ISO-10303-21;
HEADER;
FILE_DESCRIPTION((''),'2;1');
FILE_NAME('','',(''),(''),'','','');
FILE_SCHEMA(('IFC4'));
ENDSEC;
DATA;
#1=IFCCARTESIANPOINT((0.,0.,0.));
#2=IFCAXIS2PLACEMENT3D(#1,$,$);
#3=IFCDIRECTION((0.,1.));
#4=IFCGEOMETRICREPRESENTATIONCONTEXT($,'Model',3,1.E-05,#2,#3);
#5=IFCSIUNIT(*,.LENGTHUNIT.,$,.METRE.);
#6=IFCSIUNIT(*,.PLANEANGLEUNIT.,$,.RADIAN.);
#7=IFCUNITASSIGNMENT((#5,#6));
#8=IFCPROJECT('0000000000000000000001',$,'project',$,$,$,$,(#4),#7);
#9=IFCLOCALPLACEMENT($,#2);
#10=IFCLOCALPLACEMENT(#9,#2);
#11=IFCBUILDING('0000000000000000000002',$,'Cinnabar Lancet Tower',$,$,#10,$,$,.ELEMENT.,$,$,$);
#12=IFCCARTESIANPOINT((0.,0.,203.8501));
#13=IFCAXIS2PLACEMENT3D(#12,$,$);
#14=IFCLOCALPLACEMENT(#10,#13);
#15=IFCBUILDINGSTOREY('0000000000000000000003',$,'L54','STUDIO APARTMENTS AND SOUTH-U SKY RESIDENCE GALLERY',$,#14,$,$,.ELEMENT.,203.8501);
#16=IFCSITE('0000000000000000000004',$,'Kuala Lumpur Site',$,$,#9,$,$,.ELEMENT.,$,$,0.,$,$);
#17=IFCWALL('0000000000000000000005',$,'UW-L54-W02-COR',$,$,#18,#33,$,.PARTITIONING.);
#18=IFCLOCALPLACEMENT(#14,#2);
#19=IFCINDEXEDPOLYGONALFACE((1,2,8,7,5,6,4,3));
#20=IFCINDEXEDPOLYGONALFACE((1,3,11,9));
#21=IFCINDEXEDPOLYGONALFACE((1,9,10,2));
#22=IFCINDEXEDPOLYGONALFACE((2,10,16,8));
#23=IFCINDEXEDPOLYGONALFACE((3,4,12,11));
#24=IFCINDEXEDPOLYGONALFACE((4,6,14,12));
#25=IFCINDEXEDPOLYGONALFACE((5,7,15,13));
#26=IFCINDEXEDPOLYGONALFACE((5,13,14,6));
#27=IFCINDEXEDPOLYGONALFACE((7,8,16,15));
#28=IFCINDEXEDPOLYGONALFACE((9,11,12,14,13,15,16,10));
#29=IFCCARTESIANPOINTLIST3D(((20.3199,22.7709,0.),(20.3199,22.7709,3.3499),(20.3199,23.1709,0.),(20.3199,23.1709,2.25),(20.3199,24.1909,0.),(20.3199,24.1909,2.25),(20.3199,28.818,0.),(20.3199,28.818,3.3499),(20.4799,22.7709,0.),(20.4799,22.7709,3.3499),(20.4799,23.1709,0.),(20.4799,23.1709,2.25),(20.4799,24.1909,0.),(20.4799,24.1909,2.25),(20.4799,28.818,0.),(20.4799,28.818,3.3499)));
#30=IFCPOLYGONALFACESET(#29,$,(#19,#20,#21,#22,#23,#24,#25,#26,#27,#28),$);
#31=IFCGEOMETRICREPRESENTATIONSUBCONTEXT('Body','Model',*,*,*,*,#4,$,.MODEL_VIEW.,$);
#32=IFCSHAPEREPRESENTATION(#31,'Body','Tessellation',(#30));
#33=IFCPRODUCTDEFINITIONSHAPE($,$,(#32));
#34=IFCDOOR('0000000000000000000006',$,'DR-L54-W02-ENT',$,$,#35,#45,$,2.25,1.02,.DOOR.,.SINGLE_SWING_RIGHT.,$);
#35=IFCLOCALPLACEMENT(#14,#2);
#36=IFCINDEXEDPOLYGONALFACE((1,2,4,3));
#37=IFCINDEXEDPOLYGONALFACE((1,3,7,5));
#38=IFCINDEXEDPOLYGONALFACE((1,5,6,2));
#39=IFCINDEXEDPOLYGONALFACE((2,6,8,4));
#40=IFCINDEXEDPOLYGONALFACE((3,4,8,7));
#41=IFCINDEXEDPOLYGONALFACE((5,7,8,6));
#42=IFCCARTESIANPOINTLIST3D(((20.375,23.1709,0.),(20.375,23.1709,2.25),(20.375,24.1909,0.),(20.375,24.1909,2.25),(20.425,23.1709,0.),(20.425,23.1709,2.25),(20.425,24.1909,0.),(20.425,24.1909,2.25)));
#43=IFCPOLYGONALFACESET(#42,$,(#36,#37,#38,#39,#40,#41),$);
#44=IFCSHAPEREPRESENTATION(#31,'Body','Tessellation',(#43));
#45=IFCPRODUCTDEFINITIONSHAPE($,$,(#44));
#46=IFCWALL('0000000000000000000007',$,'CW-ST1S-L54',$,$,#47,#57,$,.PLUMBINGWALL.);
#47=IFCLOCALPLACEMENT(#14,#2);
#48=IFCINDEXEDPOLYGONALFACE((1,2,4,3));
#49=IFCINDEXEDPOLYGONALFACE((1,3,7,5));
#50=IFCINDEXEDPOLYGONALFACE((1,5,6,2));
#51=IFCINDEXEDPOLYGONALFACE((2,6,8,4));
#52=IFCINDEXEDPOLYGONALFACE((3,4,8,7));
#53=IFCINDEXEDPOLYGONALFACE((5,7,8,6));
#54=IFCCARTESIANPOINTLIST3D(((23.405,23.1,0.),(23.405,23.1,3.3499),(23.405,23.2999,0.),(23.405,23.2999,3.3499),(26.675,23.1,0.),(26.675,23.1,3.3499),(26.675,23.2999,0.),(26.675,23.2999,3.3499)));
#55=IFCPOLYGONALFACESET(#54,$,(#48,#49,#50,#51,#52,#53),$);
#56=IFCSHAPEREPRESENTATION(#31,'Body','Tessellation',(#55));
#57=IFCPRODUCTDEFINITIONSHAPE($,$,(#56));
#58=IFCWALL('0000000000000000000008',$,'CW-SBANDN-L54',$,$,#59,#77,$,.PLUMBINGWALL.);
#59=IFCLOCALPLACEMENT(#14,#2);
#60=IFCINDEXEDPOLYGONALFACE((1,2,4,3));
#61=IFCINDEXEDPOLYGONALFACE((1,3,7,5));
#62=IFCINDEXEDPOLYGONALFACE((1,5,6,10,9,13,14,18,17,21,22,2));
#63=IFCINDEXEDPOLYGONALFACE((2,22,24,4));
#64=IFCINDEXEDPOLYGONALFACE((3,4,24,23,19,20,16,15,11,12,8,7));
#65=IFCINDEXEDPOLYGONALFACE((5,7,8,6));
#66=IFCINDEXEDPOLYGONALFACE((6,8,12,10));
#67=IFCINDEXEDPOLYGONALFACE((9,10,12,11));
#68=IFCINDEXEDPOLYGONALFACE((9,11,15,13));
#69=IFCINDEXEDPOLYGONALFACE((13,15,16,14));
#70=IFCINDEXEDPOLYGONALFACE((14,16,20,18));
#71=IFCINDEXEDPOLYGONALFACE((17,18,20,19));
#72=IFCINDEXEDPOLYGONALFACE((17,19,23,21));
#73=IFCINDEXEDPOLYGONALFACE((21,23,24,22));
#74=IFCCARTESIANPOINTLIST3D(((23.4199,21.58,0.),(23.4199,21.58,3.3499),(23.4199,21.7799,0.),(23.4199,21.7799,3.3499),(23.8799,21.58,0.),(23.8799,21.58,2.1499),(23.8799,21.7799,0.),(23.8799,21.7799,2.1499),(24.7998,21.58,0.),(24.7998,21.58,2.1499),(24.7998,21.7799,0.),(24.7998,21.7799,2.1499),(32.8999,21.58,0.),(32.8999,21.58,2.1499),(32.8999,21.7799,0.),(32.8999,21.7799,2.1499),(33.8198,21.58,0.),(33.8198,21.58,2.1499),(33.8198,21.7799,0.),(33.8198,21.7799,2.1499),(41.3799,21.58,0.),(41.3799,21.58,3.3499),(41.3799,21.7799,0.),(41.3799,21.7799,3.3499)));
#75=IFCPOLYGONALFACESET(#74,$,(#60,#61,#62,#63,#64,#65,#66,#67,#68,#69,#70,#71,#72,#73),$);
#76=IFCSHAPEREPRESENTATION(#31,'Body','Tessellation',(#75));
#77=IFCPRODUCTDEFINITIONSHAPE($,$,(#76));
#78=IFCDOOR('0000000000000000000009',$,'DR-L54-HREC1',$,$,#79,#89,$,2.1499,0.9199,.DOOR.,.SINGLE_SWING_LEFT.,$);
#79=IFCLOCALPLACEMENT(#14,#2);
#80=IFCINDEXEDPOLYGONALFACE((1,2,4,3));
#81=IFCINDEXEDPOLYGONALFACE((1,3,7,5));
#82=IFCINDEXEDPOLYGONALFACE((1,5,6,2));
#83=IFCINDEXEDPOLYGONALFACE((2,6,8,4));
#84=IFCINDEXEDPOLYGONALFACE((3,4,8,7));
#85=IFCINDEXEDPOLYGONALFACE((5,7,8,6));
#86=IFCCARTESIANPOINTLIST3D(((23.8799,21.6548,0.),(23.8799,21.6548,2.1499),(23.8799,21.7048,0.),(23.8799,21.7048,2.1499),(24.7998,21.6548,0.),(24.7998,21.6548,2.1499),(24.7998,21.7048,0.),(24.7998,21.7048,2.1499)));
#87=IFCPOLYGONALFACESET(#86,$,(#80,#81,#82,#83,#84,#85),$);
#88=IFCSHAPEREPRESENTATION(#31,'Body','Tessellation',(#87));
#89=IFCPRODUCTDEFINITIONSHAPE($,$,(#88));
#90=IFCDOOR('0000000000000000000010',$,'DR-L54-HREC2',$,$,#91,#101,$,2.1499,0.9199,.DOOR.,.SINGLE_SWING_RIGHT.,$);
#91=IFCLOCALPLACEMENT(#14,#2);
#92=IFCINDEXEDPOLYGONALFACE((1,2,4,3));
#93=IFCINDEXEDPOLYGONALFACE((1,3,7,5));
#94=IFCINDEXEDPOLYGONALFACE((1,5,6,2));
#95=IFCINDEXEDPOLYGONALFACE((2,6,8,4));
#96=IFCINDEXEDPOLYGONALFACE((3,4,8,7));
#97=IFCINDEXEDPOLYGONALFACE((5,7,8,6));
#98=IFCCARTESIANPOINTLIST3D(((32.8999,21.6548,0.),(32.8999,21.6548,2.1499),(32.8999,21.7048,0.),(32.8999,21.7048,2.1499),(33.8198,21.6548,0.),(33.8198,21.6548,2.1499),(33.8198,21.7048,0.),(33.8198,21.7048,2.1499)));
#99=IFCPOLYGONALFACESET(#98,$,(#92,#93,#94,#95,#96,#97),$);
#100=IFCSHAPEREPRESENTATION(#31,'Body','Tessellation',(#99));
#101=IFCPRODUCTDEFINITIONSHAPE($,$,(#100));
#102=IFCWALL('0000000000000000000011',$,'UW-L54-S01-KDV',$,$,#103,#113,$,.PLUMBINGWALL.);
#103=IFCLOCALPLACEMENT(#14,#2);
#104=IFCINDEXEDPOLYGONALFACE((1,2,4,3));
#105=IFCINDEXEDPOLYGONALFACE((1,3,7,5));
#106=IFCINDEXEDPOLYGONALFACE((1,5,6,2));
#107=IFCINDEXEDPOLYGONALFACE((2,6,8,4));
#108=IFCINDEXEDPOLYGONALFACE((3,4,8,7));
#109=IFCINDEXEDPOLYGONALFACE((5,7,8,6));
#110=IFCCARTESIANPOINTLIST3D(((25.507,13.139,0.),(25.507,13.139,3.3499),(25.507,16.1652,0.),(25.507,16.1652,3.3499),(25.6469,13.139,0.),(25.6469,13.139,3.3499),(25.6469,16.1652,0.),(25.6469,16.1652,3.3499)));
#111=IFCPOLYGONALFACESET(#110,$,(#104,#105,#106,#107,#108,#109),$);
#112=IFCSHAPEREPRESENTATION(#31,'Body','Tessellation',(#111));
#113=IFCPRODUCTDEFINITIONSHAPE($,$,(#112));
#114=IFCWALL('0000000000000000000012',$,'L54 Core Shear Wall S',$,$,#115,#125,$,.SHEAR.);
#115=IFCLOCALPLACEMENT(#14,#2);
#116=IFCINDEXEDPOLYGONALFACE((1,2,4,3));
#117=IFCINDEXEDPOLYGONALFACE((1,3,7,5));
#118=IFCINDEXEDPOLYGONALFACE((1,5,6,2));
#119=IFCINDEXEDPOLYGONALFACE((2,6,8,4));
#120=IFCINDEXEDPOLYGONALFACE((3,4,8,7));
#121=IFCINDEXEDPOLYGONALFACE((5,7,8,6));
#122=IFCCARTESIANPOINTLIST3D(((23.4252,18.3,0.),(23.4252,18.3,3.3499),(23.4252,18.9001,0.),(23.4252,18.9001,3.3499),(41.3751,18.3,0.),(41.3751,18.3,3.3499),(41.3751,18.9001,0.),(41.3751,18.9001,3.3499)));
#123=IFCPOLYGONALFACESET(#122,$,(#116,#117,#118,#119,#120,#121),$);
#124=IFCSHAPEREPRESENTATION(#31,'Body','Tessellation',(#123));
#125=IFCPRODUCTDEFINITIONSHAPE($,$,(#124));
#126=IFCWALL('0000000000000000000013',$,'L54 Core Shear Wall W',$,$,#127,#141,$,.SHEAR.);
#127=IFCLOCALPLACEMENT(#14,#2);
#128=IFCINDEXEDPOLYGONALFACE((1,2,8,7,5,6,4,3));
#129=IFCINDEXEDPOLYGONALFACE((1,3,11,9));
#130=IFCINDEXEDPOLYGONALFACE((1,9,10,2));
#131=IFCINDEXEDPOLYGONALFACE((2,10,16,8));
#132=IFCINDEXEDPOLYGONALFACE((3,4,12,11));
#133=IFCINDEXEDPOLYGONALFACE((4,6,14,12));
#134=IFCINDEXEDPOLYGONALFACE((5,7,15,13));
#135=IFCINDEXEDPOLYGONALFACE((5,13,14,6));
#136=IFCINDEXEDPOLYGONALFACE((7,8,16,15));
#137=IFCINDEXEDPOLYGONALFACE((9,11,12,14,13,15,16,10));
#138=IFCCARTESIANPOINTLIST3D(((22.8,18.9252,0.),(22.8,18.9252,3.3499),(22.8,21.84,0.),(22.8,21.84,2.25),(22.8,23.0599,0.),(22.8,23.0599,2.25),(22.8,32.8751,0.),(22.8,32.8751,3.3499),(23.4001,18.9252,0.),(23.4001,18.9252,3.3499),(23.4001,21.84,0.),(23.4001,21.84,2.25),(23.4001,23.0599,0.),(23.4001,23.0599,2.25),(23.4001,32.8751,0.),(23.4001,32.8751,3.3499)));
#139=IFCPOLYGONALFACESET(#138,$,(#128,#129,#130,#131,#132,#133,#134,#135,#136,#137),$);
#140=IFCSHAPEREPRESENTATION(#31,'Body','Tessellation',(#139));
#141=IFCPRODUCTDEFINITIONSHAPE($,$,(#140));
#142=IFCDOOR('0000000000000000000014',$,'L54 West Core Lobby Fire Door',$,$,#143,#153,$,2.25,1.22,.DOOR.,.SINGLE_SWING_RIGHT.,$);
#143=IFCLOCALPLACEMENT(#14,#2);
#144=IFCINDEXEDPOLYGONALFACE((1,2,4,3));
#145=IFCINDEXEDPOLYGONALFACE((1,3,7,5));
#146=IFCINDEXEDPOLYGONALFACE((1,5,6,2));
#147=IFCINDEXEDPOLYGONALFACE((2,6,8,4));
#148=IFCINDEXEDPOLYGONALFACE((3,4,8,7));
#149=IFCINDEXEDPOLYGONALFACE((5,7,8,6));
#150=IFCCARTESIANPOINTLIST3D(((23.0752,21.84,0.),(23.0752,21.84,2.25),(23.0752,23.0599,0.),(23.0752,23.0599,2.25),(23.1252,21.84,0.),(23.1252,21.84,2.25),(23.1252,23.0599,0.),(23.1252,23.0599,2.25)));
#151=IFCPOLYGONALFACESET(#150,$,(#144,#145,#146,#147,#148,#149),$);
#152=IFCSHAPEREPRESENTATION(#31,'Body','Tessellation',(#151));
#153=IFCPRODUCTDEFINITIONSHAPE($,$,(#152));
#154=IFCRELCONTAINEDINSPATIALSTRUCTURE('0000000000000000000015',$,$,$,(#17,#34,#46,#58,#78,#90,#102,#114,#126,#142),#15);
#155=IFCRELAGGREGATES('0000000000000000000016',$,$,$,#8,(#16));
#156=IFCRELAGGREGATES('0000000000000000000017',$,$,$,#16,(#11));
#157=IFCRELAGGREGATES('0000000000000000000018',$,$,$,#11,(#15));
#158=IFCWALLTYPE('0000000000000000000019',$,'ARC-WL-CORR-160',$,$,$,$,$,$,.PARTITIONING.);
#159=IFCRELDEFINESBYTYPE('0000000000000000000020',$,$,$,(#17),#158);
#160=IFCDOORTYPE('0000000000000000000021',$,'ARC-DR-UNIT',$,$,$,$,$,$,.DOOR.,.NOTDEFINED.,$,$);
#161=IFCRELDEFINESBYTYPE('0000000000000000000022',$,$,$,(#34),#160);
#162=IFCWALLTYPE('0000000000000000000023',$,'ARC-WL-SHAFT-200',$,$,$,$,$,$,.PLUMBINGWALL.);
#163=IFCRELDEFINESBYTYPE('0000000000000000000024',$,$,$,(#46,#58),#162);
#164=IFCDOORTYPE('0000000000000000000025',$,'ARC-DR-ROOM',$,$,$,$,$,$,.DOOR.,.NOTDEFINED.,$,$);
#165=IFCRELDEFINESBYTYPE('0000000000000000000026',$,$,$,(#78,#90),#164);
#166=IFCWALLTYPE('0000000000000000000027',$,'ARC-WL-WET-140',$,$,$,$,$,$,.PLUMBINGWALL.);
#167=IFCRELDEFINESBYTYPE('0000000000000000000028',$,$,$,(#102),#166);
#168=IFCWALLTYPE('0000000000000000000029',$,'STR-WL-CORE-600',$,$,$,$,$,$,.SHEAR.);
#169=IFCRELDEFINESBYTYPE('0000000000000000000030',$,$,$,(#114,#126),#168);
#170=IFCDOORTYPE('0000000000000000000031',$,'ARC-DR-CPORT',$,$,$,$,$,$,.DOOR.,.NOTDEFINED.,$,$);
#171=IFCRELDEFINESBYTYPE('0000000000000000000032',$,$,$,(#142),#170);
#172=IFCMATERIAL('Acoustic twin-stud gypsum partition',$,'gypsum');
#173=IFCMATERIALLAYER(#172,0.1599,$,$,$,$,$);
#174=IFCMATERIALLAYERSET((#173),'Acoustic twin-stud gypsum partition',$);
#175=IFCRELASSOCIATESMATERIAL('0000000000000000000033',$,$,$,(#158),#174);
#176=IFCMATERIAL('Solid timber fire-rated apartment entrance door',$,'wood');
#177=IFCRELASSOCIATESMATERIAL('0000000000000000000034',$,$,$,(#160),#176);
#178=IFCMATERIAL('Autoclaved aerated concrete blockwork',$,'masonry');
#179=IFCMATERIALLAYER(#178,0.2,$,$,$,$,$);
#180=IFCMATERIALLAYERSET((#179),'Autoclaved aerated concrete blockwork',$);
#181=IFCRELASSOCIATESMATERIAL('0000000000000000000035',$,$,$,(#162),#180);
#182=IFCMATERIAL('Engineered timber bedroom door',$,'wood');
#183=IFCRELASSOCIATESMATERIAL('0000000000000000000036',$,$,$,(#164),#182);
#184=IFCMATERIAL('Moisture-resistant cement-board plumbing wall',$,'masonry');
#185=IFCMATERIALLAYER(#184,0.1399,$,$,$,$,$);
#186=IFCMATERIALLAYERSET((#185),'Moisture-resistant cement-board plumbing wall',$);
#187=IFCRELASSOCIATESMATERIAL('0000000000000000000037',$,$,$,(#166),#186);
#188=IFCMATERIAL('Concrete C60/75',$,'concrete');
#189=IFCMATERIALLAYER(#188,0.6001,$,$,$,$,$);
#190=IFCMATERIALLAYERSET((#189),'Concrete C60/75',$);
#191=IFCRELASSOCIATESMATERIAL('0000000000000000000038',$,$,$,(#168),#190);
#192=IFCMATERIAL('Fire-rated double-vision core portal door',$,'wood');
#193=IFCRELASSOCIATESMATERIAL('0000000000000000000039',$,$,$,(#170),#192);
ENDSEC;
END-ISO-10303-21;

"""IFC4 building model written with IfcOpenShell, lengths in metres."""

from ifc_helpers import new_model, si_unit, direction, frame, frame_2d, origin, place, context, subcontext, project, spatial, rectangle, extrude, material, layer, layer_set, type_object, element, fill, save


model = new_model("IFC4")

# Units and contexts
model_context = context("Model", 3, precision=1e-05, world=origin(), true_north=direction((0.0, 1.0)))
body_context = subcontext(model_context, "Body", "Model", "MODEL_VIEW")
ifc_project = project(units=[si_unit("LENGTHUNIT", "METRE"), si_unit("PLANEANGLEUNIT", "RADIAN")], contexts=[model_context])

# Site, building, storey
site_placement = place(None, origin())
site = spatial("IfcSite", under=ifc_project, at=site_placement, Name="Kuala Lumpur Site", CompositionType="ELEMENT", RefElevation=0.0)
building_placement = place(site_placement, origin())
building = spatial("IfcBuilding", under=site, at=building_placement, Name="Cinnabar Lancet Tower", CompositionType="ELEMENT")
storey_placement = place(building_placement, frame((0.0, 0.0, 203.8501)))
storey = spatial("IfcBuildingStorey", under=building, at=storey_placement, Name="L54", Description="STUDIO APARTMENTS AND SOUTH-U SKY RESIDENCE GALLERY", CompositionType="ELEMENT", Elevation=203.8501)

# Shared definitions
ifc_material_1 = material(Name="Acoustic twin-stud gypsum partition", Category="gypsum")
ifc_layer_1 = layer(ifc_material_1, 0.1599)
ifc_layer_set_1 = layer_set([ifc_layer_1], Name="Acoustic twin-stud gypsum partition")
wall_type_1 = type_object("IfcWallType", Name="ARC-WL-CORR-160", PredefinedType="PARTITIONING", material=ifc_layer_set_1)

# Wall, opening, door
ifc_material_2 = material(Name="Solid timber fire-rated apartment entrance door", Category="wood")
door_type_1 = type_object("IfcDoorType", Name="ARC-DR-UNIT", OperationType="NOTDEFINED", PredefinedType="DOOR", material=ifc_material_2)
wall_1_placement = place(storey_placement, frame((20.3999, 22.771, 0.0), z_axis=(0.0, 0.0, 1.0), x_axis=(0.0, 1.0, 0.0)))
wall_1 = element("IfcWall", 1, at=wall_1_placement, inside=storey, type_object=wall_type_1, Name="UW-L54-W02-COR", PredefinedType="PARTITIONING", context=body_context, shape_type="SweptSolid", body=[
    extrude(rectangle(XDim=6.0471, YDim=0.1599, at=frame_2d((3.0234, 0.0))), origin(), (0.0, 0.0, 1.0), 3.3499),
])
opening_1_placement = place(wall_1_placement, frame((0.3999, 0.0, 0.0)))
opening_1 = element("IfcOpeningElement", 2, at=opening_1_placement, cuts=wall_1, PredefinedType="OPENING", context=body_context, shape_type="SweptSolid", body=[
    extrude(rectangle(XDim=1.02, YDim=2.25, at=frame_2d((0.51, 1.125))), frame((0.0, 0.0898, 0.0), z_axis=(0.0, -1.0, 0.0), x_axis=(1.0, 0.0, 0.0)), (0.0, 0.0, 1.0), 0.1799),
])
door_1_placement = place(opening_1_placement, origin())
door_1 = element("IfcDoor", 3, at=door_1_placement, inside=storey, type_object=door_type_1, Name="DR-L54-W02-ENT", OperationType="SINGLE_SWING_RIGHT", OverallHeight=2.25, OverallWidth=1.02, PredefinedType="DOOR", context=body_context, shape_type="SweptSolid", body=[
    extrude(rectangle(XDim=1.02, YDim=2.25, at=frame_2d((0.51, 1.125))), frame((0.0, 0.0249, 0.0), z_axis=(0.0, -1.0, 0.0), x_axis=(1.0, 0.0, 0.0)), (0.0, 0.0, 1.0), 0.05),
])
fill(opening_1, door_1)

# Wall
ifc_material_3 = material(Name="Autoclaved aerated concrete blockwork", Category="masonry")
ifc_layer_2 = layer(ifc_material_3, 0.2)
ifc_layer_set_2 = layer_set([ifc_layer_2], Name="Autoclaved aerated concrete blockwork")
wall_type_2 = type_object("IfcWallType", Name="ARC-WL-SHAFT-200", PredefinedType="PLUMBINGWALL", material=ifc_layer_set_2)
wall_2_placement = place(storey_placement, frame((23.405, 23.2, 0.0), z_axis=(0.0, 0.0, 1.0), x_axis=(1.0, 0.0, 0.0)))
element("IfcWall", 4, at=wall_2_placement, inside=storey, type_object=wall_type_2, Name="CW-ST1S-L54", PredefinedType="PLUMBINGWALL", context=body_context, shape_type="SweptSolid", body=[
    extrude(rectangle(XDim=3.27, YDim=0.2, at=frame_2d((1.635, 0.0))), origin(), (0.0, 0.0, 1.0), 3.3499),
])

# Wall, openings, doors
wall_3_placement = place(storey_placement, frame((23.4199, 21.6799, 0.0), z_axis=(0.0, 0.0, 1.0), x_axis=(1.0, 0.0, 0.0)))
wall_3 = element("IfcWall", 5, at=wall_3_placement, inside=storey, type_object=wall_type_2, Name="CW-SBANDN-L54", PredefinedType="PLUMBINGWALL", context=body_context, shape_type="SweptSolid", body=[
    extrude(rectangle(XDim=17.96, YDim=0.2, at=frame_2d((8.98, 0.0))), origin(), (0.0, 0.0, 1.0), 3.3499),
])
opening_2_placement = place(wall_3_placement, frame((0.46, 0.0, 0.0)))
opening_2 = element("IfcOpeningElement", 6, at=opening_2_placement, cuts=wall_3, PredefinedType="OPENING", context=body_context, shape_type="SweptSolid", body=[
    extrude(rectangle(XDim=0.9199, YDim=2.1499, at=frame_2d((0.46, 1.075))), frame((0.0, 0.1099, 0.0), z_axis=(0.0, -1.0, 0.0), x_axis=(1.0, 0.0, 0.0)), (0.0, 0.0, 1.0), 0.22),
])
opening_3_placement = place(wall_3_placement, frame((9.48, 0.0, 0.0)))
opening_3 = element("IfcOpeningElement", 7, at=opening_3_placement, cuts=wall_3, PredefinedType="OPENING", context=body_context, shape_type="SweptSolid", body=[
    extrude(rectangle(XDim=0.9199, YDim=2.1499, at=frame_2d((0.46, 1.075))), frame((0.0, 0.1099, 0.0), z_axis=(0.0, -1.0, 0.0), x_axis=(1.0, 0.0, 0.0)), (0.0, 0.0, 1.0), 0.22),
])
ifc_material_4 = material(Name="Engineered timber bedroom door", Category="wood")
door_type_2 = type_object("IfcDoorType", Name="ARC-DR-ROOM", OperationType="NOTDEFINED", PredefinedType="DOOR", material=ifc_material_4)
door_2_placement = place(opening_2_placement, origin())
door_2 = element("IfcDoor", 8, at=door_2_placement, inside=storey, type_object=door_type_2, Name="DR-L54-HREC1", OperationType="SINGLE_SWING_LEFT", OverallHeight=2.1499, OverallWidth=0.9199, PredefinedType="DOOR", context=body_context, shape_type="SweptSolid", body=[
    extrude(rectangle(XDim=0.9199, YDim=2.1499, at=frame_2d((0.46, 1.075))), frame((0.0, 0.0249, 0.0), z_axis=(0.0, -1.0, 0.0), x_axis=(1.0, 0.0, 0.0)), (0.0, 0.0, 1.0), 0.05),
])
fill(opening_2, door_2)
door_3_placement = place(opening_3_placement, origin())
door_3 = element("IfcDoor", 9, at=door_3_placement, inside=storey, type_object=door_type_2, Name="DR-L54-HREC2", OperationType="SINGLE_SWING_RIGHT", OverallHeight=2.1499, OverallWidth=0.9199, PredefinedType="DOOR", context=body_context, shape_type="SweptSolid", body=[
    extrude(rectangle(XDim=0.9199, YDim=2.1499, at=frame_2d((0.46, 1.075))), frame((0.0, 0.0249, 0.0), z_axis=(0.0, -1.0, 0.0), x_axis=(1.0, 0.0, 0.0)), (0.0, 0.0, 1.0), 0.05),
])
fill(opening_3, door_3)

# Walls
ifc_material_5 = material(Name="Moisture-resistant cement-board plumbing wall", Category="masonry")
ifc_layer_3 = layer(ifc_material_5, 0.1399)
ifc_layer_set_3 = layer_set([ifc_layer_3], Name="Moisture-resistant cement-board plumbing wall")
wall_type_3 = type_object("IfcWallType", Name="ARC-WL-WET-140", PredefinedType="PLUMBINGWALL", material=ifc_layer_set_3)
wall_4_placement = place(storey_placement, frame((25.5769, 13.1389, 0.0), z_axis=(0.0, 0.0, 1.0), x_axis=(0.0, 1.0, 0.0)))
element("IfcWall", 10, at=wall_4_placement, inside=storey, type_object=wall_type_3, Name="UW-L54-S01-KDV", PredefinedType="PLUMBINGWALL", context=body_context, shape_type="SweptSolid", body=[
    extrude(rectangle(XDim=3.0261, YDim=0.1399, at=frame_2d((1.5132, 0.0))), origin(), (0.0, 0.0, 1.0), 3.3499),
])
ifc_material_6 = material(Name="Concrete C60/75", Category="concrete")
ifc_layer_4 = layer(ifc_material_6, 0.6001)
ifc_layer_set_4 = layer_set([ifc_layer_4], Name="Concrete C60/75")
wall_type_4 = type_object("IfcWallType", Name="STR-WL-CORE-600", PredefinedType="SHEAR", material=ifc_layer_set_4)
wall_5_placement = place(storey_placement, frame((23.425, 18.6001, 0.0), z_axis=(0.0, 0.0, 1.0), x_axis=(1.0, 0.0, 0.0)))
element("IfcWall", 11, at=wall_5_placement, inside=storey, type_object=wall_type_4, Name="L54 Core Shear Wall S", PredefinedType="SHEAR", context=body_context, shape_type="SweptSolid", body=[
    extrude(rectangle(XDim=17.95, YDim=0.6001, at=frame_2d((8.9751, 0.0))), origin(), (0.0, 0.0, 1.0), 3.3499),
])

# Wall, opening, door
wall_6_placement = place(storey_placement, frame((23.1001, 18.925, 0.0), z_axis=(0.0, 0.0, 1.0), x_axis=(0.0, 1.0, 0.0)))
wall_6 = element("IfcWall", 12, at=wall_6_placement, inside=storey, type_object=wall_type_4, Name="L54 Core Shear Wall W", PredefinedType="SHEAR", context=body_context, shape_type="SweptSolid", body=[
    extrude(rectangle(XDim=13.95, YDim=0.6001, at=frame_2d((6.9751, 0.0))), origin(), (0.0, 0.0, 1.0), 3.3499),
])
opening_4_placement = place(wall_6_placement, frame((2.915, 0.0, 0.0)))
opening_4 = element("IfcOpeningElement", 13, at=opening_4_placement, cuts=wall_6, PredefinedType="OPENING", context=body_context, shape_type="SweptSolid", body=[
    extrude(rectangle(XDim=1.22, YDim=2.25, at=frame_2d((0.6099, 1.125))), frame((0.0, 0.3101, 0.0), z_axis=(0.0, -1.0, 0.0), x_axis=(1.0, 0.0, 0.0)), (0.0, 0.0, 1.0), 0.6201),
])
ifc_material_7 = material(Name="Fire-rated double-vision core portal door", Category="wood")
door_type_3 = type_object("IfcDoorType", Name="ARC-DR-CPORT", OperationType="NOTDEFINED", PredefinedType="DOOR", material=ifc_material_7)
door_4_placement = place(opening_4_placement, origin())
door_4 = element("IfcDoor", 14, at=door_4_placement, inside=storey, type_object=door_type_3, Name="L54 West Core Lobby Fire Door", OperationType="SINGLE_SWING_RIGHT", OverallHeight=2.25, OverallWidth=1.22, PredefinedType="DOOR", context=body_context, shape_type="SweptSolid", body=[
    extrude(rectangle(XDim=1.22, YDim=2.25, at=frame_2d((0.6099, 1.125))), frame((0.0, 0.0249, 0.0), z_axis=(0.0, -1.0, 0.0), x_axis=(1.0, 0.0, 0.0)), (0.0, 0.0, 1.0), 0.05),
])
fill(opening_4, door_4)

save(model, "model.ifc")
